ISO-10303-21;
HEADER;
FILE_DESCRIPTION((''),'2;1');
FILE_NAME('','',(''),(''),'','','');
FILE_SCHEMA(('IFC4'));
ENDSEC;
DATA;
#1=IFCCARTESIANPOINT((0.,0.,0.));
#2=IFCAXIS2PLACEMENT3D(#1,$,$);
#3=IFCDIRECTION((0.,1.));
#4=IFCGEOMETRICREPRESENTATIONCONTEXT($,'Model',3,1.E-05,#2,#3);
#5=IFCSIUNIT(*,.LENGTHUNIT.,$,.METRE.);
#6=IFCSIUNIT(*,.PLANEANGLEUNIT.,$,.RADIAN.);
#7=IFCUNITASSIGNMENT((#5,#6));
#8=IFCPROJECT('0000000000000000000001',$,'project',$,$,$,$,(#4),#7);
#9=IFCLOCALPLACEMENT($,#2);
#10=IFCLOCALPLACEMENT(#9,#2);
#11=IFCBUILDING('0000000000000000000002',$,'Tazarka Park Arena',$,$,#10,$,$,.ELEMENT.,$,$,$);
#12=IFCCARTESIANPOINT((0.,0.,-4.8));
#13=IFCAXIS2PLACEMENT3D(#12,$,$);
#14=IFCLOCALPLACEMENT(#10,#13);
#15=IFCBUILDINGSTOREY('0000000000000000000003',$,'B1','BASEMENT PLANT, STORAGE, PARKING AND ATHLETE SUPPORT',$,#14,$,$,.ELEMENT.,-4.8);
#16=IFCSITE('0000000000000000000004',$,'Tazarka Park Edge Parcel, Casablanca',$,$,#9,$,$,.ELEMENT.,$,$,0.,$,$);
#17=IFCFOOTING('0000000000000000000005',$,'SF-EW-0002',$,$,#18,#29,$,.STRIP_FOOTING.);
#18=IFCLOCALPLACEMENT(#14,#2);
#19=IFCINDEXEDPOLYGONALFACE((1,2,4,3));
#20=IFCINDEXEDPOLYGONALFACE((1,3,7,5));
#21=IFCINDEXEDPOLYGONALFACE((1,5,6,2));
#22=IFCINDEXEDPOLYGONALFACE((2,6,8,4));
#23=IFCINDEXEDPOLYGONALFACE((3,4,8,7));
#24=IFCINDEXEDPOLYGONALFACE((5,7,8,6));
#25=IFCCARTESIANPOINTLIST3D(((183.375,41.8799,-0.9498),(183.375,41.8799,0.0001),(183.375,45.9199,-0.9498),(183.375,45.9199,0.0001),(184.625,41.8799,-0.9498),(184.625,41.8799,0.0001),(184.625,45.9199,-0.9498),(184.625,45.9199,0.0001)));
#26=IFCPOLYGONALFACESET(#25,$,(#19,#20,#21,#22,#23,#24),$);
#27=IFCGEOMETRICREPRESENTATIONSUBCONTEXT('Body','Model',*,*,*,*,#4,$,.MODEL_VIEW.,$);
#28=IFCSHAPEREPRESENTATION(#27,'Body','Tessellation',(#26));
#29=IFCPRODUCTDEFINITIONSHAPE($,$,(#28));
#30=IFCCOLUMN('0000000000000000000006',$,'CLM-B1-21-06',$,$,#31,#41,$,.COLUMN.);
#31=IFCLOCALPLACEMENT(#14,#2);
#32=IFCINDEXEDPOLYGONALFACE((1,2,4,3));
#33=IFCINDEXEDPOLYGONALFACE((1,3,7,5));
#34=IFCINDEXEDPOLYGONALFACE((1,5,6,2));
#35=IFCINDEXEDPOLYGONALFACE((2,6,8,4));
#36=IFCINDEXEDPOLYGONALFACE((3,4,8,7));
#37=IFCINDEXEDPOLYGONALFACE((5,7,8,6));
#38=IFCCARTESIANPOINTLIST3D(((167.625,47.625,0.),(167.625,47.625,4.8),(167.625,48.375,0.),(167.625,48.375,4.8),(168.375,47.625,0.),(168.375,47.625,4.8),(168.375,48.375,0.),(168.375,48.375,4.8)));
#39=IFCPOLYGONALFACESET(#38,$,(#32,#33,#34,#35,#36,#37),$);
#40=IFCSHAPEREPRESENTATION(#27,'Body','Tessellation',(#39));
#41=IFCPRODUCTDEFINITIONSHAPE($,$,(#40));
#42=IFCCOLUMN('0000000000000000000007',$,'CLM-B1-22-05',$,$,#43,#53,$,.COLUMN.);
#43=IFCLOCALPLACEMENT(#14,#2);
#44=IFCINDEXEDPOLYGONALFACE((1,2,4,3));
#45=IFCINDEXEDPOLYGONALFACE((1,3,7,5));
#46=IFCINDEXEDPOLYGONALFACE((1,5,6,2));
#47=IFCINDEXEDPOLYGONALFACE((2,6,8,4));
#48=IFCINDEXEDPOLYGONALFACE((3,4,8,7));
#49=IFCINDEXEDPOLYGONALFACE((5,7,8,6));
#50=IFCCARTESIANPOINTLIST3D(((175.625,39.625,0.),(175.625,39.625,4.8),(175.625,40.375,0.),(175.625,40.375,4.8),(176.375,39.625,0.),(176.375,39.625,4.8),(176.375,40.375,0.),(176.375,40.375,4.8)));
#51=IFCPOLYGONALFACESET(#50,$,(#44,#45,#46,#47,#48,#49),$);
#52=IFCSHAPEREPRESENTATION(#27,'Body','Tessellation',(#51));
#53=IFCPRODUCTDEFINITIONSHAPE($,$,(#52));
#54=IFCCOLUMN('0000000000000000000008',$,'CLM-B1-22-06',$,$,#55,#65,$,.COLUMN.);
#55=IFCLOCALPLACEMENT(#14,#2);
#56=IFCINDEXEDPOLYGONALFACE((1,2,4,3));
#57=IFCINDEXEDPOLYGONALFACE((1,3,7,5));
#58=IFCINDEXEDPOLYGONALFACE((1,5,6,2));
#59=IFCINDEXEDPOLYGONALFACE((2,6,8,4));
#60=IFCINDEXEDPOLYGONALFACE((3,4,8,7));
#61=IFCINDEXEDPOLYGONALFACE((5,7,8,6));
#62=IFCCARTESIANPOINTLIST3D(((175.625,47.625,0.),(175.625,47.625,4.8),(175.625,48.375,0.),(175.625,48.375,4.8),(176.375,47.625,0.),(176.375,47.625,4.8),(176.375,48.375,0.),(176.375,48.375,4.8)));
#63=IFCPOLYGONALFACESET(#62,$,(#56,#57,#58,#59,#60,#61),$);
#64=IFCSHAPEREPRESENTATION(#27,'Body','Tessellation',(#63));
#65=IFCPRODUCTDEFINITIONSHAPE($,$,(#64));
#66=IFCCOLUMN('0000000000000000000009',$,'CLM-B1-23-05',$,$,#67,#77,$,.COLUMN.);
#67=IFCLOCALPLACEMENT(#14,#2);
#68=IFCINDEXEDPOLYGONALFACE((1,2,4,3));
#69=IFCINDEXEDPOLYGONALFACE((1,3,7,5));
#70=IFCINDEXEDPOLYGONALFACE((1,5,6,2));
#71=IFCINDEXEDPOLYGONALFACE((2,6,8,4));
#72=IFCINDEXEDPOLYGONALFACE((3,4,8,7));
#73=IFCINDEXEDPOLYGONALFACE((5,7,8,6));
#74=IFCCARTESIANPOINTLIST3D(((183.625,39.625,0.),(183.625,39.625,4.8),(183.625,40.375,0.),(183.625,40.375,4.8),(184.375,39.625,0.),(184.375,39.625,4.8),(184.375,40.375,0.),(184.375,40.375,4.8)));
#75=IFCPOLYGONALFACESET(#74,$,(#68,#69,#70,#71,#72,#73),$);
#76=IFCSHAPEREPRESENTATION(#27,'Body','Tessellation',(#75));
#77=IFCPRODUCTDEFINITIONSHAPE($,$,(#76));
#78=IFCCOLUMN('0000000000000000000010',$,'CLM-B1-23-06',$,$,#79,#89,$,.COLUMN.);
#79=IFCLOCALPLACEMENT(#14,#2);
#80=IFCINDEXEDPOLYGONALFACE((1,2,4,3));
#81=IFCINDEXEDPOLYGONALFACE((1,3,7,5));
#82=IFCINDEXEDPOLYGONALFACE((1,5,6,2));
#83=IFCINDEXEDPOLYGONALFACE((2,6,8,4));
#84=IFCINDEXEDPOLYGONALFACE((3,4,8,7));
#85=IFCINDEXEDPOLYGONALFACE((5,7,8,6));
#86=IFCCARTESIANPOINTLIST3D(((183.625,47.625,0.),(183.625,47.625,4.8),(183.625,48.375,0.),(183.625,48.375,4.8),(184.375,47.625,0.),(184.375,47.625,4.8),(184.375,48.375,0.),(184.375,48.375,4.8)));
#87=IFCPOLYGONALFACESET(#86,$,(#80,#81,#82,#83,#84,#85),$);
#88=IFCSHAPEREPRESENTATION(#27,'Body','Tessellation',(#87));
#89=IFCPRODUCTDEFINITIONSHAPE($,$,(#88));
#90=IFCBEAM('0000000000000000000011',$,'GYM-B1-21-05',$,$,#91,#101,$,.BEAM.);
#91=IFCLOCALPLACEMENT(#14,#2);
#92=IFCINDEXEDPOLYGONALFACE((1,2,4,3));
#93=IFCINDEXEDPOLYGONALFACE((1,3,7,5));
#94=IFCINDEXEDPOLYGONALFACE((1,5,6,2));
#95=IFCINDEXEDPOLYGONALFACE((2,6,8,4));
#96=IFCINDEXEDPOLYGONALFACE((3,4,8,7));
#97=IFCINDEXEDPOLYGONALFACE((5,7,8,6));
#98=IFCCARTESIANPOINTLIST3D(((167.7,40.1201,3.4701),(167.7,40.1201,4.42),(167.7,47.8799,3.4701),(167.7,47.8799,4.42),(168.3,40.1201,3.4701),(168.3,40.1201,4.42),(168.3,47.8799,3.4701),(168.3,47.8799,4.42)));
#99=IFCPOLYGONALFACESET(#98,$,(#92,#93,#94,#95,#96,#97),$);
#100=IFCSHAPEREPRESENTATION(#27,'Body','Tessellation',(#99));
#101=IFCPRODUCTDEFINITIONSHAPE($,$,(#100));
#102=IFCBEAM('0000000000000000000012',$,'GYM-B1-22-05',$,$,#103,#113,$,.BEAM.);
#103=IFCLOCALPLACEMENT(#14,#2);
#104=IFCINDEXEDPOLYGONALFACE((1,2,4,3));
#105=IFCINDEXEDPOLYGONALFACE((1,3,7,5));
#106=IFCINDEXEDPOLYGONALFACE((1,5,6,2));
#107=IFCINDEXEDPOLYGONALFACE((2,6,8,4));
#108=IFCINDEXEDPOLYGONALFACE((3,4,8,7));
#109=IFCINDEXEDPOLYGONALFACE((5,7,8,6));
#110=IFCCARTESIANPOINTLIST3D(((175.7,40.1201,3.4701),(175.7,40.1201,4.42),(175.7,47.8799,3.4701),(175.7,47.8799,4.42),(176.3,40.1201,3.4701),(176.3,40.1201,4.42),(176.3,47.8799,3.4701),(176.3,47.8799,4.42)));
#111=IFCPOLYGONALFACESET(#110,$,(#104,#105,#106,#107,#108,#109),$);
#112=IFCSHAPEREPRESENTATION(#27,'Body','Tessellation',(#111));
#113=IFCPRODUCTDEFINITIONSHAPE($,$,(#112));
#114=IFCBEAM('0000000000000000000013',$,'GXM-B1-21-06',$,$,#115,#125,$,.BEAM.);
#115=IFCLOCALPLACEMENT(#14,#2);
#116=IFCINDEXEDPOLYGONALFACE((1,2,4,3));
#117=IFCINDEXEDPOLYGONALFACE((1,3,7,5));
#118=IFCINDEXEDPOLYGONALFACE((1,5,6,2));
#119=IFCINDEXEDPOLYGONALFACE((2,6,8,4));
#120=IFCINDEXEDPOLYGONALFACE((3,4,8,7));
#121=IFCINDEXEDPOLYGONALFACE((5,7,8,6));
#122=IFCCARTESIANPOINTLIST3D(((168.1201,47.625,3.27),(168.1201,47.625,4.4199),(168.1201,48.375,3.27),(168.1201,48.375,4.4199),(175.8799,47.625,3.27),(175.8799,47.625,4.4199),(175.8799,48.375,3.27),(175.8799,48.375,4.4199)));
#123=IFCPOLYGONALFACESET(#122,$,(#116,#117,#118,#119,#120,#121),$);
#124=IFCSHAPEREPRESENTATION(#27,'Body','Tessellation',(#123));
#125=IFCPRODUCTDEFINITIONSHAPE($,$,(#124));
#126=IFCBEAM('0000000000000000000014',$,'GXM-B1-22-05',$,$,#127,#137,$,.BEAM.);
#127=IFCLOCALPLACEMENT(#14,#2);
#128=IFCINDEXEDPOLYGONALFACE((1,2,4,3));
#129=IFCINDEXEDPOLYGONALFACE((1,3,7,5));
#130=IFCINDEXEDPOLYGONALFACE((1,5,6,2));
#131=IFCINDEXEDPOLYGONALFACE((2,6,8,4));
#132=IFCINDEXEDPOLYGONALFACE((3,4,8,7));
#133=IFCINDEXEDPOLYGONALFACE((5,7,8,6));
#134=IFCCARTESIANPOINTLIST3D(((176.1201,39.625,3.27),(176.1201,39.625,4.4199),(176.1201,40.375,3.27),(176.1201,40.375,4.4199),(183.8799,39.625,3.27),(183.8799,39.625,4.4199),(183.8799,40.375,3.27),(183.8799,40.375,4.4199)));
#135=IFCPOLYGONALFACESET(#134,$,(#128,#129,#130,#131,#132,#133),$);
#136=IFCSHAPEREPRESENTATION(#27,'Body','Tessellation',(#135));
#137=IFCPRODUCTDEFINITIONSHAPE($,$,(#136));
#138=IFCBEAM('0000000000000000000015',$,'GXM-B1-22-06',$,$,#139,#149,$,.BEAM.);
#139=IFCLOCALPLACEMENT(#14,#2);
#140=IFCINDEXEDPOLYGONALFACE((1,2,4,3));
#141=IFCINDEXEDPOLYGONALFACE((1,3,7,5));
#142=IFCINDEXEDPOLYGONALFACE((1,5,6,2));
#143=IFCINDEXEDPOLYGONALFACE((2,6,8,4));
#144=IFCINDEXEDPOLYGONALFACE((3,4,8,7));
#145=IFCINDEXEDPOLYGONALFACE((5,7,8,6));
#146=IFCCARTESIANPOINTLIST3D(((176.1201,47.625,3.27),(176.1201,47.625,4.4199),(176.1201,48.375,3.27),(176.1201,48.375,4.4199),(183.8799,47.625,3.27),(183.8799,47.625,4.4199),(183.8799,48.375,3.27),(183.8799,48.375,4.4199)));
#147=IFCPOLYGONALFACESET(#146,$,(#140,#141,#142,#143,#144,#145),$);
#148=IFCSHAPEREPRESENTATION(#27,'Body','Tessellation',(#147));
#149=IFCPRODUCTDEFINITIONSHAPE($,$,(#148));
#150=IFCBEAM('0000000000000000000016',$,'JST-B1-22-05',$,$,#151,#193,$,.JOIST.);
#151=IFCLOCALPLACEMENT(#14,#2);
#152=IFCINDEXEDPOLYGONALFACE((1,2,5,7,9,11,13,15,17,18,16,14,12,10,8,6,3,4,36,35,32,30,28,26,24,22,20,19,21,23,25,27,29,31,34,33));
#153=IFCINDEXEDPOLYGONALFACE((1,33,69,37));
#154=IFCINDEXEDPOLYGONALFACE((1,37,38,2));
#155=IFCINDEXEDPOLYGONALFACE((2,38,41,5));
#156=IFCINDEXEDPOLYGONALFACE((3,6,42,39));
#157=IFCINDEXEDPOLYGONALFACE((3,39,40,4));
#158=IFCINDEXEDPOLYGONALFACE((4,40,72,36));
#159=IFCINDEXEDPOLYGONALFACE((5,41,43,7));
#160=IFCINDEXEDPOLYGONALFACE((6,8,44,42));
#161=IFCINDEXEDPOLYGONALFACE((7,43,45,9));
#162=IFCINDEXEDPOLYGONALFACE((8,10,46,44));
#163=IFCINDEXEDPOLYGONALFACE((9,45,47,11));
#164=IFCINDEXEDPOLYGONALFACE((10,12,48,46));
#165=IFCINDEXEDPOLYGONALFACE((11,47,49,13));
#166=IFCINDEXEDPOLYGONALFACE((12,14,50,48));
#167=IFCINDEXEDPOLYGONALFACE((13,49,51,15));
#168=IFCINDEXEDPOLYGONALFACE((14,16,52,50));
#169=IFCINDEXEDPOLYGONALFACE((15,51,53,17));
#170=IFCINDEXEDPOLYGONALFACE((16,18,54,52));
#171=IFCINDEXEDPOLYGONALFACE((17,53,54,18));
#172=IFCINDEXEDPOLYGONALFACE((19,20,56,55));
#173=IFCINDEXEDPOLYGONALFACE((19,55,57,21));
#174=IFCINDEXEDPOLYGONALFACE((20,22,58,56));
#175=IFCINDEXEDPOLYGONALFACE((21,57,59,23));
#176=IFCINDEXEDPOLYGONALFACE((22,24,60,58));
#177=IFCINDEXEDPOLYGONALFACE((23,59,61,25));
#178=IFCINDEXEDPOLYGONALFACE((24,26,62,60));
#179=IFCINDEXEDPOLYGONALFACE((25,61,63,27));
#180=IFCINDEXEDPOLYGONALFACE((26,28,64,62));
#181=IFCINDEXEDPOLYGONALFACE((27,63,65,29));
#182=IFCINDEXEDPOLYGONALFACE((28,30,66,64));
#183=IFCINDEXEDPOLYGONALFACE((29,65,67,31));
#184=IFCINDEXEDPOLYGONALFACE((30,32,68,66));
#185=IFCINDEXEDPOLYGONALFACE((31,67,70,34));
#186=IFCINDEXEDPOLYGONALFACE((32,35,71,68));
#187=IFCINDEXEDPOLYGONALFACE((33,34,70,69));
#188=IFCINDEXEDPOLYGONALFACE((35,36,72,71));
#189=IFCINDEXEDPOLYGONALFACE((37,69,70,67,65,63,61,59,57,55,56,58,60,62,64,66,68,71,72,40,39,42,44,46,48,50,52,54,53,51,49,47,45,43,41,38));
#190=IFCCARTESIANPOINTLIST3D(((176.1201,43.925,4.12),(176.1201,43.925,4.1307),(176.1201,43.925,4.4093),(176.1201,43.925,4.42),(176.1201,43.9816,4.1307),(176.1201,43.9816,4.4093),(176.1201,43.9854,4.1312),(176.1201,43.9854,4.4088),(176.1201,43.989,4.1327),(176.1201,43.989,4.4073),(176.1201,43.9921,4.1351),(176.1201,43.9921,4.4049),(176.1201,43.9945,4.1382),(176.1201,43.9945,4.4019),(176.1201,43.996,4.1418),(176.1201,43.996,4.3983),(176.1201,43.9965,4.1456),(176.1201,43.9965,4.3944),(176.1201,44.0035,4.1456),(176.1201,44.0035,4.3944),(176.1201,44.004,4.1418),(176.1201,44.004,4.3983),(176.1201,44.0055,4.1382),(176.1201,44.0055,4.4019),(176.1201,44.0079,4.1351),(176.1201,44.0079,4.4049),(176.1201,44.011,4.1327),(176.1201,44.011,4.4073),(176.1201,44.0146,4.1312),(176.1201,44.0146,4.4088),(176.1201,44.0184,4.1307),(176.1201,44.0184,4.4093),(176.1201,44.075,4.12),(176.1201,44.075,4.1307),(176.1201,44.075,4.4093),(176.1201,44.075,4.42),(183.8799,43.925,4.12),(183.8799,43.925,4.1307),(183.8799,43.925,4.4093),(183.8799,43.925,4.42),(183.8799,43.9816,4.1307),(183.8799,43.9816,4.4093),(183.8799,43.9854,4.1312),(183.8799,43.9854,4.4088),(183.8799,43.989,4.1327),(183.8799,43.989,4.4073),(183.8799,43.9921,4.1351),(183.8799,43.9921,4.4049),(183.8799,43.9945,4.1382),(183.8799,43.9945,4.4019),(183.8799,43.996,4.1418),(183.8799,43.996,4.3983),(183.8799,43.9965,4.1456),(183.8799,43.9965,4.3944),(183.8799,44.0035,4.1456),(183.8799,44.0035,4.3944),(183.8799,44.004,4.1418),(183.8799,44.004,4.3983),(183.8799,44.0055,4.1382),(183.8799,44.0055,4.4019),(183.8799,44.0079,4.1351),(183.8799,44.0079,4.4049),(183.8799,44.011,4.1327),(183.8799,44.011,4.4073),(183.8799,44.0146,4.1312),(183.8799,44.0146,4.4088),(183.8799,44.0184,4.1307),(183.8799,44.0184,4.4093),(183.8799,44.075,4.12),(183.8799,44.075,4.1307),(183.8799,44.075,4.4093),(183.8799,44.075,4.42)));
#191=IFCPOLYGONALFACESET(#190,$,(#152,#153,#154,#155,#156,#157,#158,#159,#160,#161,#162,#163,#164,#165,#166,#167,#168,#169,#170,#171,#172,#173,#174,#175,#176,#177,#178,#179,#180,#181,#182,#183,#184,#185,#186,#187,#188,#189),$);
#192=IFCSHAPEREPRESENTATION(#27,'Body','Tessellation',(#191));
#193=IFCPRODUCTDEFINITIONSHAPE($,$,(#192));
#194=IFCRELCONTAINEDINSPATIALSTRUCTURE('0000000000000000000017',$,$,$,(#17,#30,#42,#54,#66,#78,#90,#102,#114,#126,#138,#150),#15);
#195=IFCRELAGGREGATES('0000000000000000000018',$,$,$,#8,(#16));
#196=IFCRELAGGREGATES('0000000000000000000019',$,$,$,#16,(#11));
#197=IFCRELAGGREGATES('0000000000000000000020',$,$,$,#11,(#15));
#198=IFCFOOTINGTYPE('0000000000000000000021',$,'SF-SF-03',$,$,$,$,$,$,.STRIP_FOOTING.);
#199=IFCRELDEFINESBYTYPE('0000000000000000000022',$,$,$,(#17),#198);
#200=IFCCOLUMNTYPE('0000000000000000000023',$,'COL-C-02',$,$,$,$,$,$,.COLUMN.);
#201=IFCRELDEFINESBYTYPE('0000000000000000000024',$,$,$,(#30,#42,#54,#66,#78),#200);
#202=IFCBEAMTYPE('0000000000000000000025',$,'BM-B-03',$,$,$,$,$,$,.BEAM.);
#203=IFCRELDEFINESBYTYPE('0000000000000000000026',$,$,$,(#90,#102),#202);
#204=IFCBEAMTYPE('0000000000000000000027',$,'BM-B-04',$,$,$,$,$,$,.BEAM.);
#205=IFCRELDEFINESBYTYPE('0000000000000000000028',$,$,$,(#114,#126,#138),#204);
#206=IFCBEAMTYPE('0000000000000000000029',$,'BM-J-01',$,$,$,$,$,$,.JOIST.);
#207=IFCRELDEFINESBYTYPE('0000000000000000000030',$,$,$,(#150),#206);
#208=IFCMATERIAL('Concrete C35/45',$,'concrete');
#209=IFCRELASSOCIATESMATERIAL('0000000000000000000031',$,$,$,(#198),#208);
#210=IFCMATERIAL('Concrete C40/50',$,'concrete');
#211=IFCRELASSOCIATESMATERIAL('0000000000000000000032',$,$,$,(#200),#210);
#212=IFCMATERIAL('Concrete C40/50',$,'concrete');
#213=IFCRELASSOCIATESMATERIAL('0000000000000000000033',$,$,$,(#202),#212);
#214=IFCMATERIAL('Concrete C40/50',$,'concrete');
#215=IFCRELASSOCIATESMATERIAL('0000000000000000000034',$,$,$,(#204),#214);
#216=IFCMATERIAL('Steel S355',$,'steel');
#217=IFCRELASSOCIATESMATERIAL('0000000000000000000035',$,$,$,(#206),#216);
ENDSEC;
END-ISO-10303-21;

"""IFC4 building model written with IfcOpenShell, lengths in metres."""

from ifc_helpers import new_model, si_unit, direction, frame, origin, origin_2d, place, context, subcontext, project, spatial, rectangle, i_section, extrude, material, material_profile, profile_set, type_object, element, save


model = new_model("IFC4")

# Units and contexts
model_context = context("Model", 3, precision=1e-05, world=origin(), true_north=direction((0.0, 1.0)))
body_context = subcontext(model_context, "Body", "Model", "MODEL_VIEW")
ifc_project = project(units=[si_unit("LENGTHUNIT", "METRE"), si_unit("PLANEANGLEUNIT", "RADIAN")], contexts=[model_context])

# Site, building, storey
site_placement = place(None, origin())
site = spatial("IfcSite", under=ifc_project, at=site_placement, Name="Tazarka Park Edge Parcel, Casablanca", CompositionType="ELEMENT", RefElevation=0.0)
building_placement = place(site_placement, origin())
building = spatial("IfcBuilding", under=site, at=building_placement, Name="Tazarka Park Arena", CompositionType="ELEMENT")
storey_placement = place(building_placement, frame((0.0, 0.0, -4.8)))
storey = spatial("IfcBuildingStorey", under=building, at=storey_placement, Name="B1", Description="BASEMENT PLANT, STORAGE, PARKING AND ATHLETE SUPPORT", CompositionType="ELEMENT", Elevation=-4.8)

# Footing
ifc_material_1 = material(Name="Concrete C35/45", Category="concrete")
ifc_material_profile_1 = material_profile(ifc_material_1, rectangle(XDim=1.25, YDim=0.95, at=origin_2d()), Name="Concrete C35/45")
ifc_profile_set_1 = profile_set([ifc_material_profile_1], Name="Concrete C35/45")
footing_type_1 = type_object("IfcFootingType", Name="SF-SF-03", PredefinedType="STRIP_FOOTING", material=ifc_profile_set_1)
footing_1_placement = place(storey_placement, frame((184.0, 45.9199, -0.4749), z_axis=(0.0, -1.0, 0.0), x_axis=(1.0, 0.0, 0.0)))
element("IfcFooting", 1, at=footing_1_placement, inside=storey, type_object=footing_type_1, Name="SF-EW-0002", PredefinedType="STRIP_FOOTING", context=body_context, shape_type="SweptSolid", body=[
    extrude(rectangle(XDim=1.25, YDim=0.95, at=origin_2d()), origin(), (0.0, 0.0, 1.0), 4.04),
])

# Columns
ifc_material_2 = material(Name="Concrete C40/50", Category="concrete")
ifc_material_profile_2 = material_profile(ifc_material_2, rectangle(XDim=0.75, YDim=0.75, at=origin_2d()), Name="Concrete C40/50")
ifc_profile_set_2 = profile_set([ifc_material_profile_2], Name="Concrete C40/50")
column_type = type_object("IfcColumnType", Name="COL-C-02", PredefinedType="COLUMN", material=ifc_profile_set_2)
for number, where, z_axis, x_axis, name in (
    (2, (168.0, 48.0, 0.0), (0.0, 0.0, 1.0), (1.0, 0.0, 0.0), "CLM-B1-21-06"),
    (3, (176.0, 40.0, 0.0), (0.0, 0.0, 1.0), (1.0, 0.0, 0.0), "CLM-B1-22-05"),
    (4, (176.0, 48.0, 0.0), (0.0, 0.0, 1.0), (1.0, 0.0, 0.0), "CLM-B1-22-06"),
    (5, (184.0, 40.0, 0.0), (0.0, 0.0, 1.0), (1.0, 0.0, 0.0), "CLM-B1-23-05"),
    (6, (184.0, 48.0, 0.0), (0.0, 0.0, 1.0), (1.0, 0.0, 0.0), "CLM-B1-23-06"),
):
    element("IfcColumn", number, at=place(storey_placement, frame(where, z_axis=z_axis, x_axis=x_axis)), inside=storey, type_object=column_type, Name=name, PredefinedType="COLUMN", context=body_context, shape_type="SweptSolid", body=[
        extrude(rectangle(XDim=0.75, YDim=0.75, at=origin_2d()), origin(), (0.0, 0.0, 1.0), 4.8),
    ])

# Beams
ifc_material_3 = material(Name="Concrete C40/50", Category="concrete")
ifc_material_profile_3 = material_profile(ifc_material_3, rectangle(XDim=0.6001, YDim=0.95, at=origin_2d()), Name="Concrete C40/50")
ifc_profile_set_3 = profile_set([ifc_material_profile_3], Name="Concrete C40/50")
beam_type_1 = type_object("IfcBeamType", Name="BM-B-03", PredefinedType="BEAM", material=ifc_profile_set_3)
for number, where, z_axis, x_axis, name in (
    (7, (168.0, 40.1201, 3.9451), (0.0, 1.0, 0.0), (-1.0, 0.0, 0.0), "GYM-B1-21-05"),
    (8, (176.0, 40.1201, 3.9451), (0.0, 1.0, 0.0), (-1.0, 0.0, 0.0), "GYM-B1-22-05"),
):
    element("IfcBeam", number, at=place(storey_placement, frame(where, z_axis=z_axis, x_axis=x_axis)), inside=storey, type_object=beam_type_1, Name=name, PredefinedType="BEAM", context=body_context, shape_type="SweptSolid", body=[
        extrude(rectangle(XDim=0.6001, YDim=0.95, at=origin_2d()), origin(), (0.0, 0.0, 1.0), 7.7598),
    ])
ifc_material_4 = material(Name="Concrete C40/50", Category="concrete")
ifc_material_profile_4 = material_profile(ifc_material_4, rectangle(XDim=0.75, YDim=1.1499, at=origin_2d()), Name="Concrete C40/50")
ifc_profile_set_4 = profile_set([ifc_material_profile_4], Name="Concrete C40/50")
beam_type_2 = type_object("IfcBeamType", Name="BM-B-04", PredefinedType="BEAM", material=ifc_profile_set_4)
for number, where, z_axis, x_axis, name in (
    (9, (168.1201, 48.0, 3.845), (1.0, 0.0, 0.0), (0.0, 1.0, 0.0), "GXM-B1-21-06"),
    (10, (176.1201, 40.0, 3.845), (1.0, 0.0, 0.0), (0.0, 1.0, 0.0), "GXM-B1-22-05"),
    (11, (176.1201, 48.0, 3.845), (1.0, 0.0, 0.0), (0.0, 1.0, 0.0), "GXM-B1-22-06"),
):
    element("IfcBeam", number, at=place(storey_placement, frame(where, z_axis=z_axis, x_axis=x_axis)), inside=storey, type_object=beam_type_2, Name=name, PredefinedType="BEAM", context=body_context, shape_type="SweptSolid", body=[
        extrude(rectangle(XDim=0.75, YDim=1.1499, at=origin_2d()), origin(), (0.0, 0.0, 1.0), 7.7598),
    ])
ifc_material_5 = material(Name="Steel S355", Category="steel")
ifc_material_profile_5 = material_profile(ifc_material_5, i_section(OverallWidth=0.1499, OverallDepth=0.3, WebThickness=0.0071, FlangeThickness=0.0107, FilletRadius=0.0149, at=origin_2d()), Name="Steel S355")
ifc_profile_set_5 = profile_set([ifc_material_profile_5], Name="Steel S355")
beam_type_3 = type_object("IfcBeamType", Name="BM-J-01", PredefinedType="JOIST", material=ifc_profile_set_5)
beam_1_placement = place(storey_placement, frame((176.1201, 44.0, 4.27), z_axis=(1.0, 0.0, 0.0), x_axis=(0.0, 1.0, 0.0)))
element("IfcBeam", 12, at=beam_1_placement, inside=storey, type_object=beam_type_3, Name="JST-B1-22-05", PredefinedType="JOIST", context=body_context, shape_type="SweptSolid", body=[
    extrude(i_section(OverallWidth=0.1499, OverallDepth=0.3, WebThickness=0.0071, FlangeThickness=0.0107, FilletRadius=0.0149, at=origin_2d()), origin(), (0.0, 0.0, 1.0), 7.7598),
])

save(model, "model.ifc")
